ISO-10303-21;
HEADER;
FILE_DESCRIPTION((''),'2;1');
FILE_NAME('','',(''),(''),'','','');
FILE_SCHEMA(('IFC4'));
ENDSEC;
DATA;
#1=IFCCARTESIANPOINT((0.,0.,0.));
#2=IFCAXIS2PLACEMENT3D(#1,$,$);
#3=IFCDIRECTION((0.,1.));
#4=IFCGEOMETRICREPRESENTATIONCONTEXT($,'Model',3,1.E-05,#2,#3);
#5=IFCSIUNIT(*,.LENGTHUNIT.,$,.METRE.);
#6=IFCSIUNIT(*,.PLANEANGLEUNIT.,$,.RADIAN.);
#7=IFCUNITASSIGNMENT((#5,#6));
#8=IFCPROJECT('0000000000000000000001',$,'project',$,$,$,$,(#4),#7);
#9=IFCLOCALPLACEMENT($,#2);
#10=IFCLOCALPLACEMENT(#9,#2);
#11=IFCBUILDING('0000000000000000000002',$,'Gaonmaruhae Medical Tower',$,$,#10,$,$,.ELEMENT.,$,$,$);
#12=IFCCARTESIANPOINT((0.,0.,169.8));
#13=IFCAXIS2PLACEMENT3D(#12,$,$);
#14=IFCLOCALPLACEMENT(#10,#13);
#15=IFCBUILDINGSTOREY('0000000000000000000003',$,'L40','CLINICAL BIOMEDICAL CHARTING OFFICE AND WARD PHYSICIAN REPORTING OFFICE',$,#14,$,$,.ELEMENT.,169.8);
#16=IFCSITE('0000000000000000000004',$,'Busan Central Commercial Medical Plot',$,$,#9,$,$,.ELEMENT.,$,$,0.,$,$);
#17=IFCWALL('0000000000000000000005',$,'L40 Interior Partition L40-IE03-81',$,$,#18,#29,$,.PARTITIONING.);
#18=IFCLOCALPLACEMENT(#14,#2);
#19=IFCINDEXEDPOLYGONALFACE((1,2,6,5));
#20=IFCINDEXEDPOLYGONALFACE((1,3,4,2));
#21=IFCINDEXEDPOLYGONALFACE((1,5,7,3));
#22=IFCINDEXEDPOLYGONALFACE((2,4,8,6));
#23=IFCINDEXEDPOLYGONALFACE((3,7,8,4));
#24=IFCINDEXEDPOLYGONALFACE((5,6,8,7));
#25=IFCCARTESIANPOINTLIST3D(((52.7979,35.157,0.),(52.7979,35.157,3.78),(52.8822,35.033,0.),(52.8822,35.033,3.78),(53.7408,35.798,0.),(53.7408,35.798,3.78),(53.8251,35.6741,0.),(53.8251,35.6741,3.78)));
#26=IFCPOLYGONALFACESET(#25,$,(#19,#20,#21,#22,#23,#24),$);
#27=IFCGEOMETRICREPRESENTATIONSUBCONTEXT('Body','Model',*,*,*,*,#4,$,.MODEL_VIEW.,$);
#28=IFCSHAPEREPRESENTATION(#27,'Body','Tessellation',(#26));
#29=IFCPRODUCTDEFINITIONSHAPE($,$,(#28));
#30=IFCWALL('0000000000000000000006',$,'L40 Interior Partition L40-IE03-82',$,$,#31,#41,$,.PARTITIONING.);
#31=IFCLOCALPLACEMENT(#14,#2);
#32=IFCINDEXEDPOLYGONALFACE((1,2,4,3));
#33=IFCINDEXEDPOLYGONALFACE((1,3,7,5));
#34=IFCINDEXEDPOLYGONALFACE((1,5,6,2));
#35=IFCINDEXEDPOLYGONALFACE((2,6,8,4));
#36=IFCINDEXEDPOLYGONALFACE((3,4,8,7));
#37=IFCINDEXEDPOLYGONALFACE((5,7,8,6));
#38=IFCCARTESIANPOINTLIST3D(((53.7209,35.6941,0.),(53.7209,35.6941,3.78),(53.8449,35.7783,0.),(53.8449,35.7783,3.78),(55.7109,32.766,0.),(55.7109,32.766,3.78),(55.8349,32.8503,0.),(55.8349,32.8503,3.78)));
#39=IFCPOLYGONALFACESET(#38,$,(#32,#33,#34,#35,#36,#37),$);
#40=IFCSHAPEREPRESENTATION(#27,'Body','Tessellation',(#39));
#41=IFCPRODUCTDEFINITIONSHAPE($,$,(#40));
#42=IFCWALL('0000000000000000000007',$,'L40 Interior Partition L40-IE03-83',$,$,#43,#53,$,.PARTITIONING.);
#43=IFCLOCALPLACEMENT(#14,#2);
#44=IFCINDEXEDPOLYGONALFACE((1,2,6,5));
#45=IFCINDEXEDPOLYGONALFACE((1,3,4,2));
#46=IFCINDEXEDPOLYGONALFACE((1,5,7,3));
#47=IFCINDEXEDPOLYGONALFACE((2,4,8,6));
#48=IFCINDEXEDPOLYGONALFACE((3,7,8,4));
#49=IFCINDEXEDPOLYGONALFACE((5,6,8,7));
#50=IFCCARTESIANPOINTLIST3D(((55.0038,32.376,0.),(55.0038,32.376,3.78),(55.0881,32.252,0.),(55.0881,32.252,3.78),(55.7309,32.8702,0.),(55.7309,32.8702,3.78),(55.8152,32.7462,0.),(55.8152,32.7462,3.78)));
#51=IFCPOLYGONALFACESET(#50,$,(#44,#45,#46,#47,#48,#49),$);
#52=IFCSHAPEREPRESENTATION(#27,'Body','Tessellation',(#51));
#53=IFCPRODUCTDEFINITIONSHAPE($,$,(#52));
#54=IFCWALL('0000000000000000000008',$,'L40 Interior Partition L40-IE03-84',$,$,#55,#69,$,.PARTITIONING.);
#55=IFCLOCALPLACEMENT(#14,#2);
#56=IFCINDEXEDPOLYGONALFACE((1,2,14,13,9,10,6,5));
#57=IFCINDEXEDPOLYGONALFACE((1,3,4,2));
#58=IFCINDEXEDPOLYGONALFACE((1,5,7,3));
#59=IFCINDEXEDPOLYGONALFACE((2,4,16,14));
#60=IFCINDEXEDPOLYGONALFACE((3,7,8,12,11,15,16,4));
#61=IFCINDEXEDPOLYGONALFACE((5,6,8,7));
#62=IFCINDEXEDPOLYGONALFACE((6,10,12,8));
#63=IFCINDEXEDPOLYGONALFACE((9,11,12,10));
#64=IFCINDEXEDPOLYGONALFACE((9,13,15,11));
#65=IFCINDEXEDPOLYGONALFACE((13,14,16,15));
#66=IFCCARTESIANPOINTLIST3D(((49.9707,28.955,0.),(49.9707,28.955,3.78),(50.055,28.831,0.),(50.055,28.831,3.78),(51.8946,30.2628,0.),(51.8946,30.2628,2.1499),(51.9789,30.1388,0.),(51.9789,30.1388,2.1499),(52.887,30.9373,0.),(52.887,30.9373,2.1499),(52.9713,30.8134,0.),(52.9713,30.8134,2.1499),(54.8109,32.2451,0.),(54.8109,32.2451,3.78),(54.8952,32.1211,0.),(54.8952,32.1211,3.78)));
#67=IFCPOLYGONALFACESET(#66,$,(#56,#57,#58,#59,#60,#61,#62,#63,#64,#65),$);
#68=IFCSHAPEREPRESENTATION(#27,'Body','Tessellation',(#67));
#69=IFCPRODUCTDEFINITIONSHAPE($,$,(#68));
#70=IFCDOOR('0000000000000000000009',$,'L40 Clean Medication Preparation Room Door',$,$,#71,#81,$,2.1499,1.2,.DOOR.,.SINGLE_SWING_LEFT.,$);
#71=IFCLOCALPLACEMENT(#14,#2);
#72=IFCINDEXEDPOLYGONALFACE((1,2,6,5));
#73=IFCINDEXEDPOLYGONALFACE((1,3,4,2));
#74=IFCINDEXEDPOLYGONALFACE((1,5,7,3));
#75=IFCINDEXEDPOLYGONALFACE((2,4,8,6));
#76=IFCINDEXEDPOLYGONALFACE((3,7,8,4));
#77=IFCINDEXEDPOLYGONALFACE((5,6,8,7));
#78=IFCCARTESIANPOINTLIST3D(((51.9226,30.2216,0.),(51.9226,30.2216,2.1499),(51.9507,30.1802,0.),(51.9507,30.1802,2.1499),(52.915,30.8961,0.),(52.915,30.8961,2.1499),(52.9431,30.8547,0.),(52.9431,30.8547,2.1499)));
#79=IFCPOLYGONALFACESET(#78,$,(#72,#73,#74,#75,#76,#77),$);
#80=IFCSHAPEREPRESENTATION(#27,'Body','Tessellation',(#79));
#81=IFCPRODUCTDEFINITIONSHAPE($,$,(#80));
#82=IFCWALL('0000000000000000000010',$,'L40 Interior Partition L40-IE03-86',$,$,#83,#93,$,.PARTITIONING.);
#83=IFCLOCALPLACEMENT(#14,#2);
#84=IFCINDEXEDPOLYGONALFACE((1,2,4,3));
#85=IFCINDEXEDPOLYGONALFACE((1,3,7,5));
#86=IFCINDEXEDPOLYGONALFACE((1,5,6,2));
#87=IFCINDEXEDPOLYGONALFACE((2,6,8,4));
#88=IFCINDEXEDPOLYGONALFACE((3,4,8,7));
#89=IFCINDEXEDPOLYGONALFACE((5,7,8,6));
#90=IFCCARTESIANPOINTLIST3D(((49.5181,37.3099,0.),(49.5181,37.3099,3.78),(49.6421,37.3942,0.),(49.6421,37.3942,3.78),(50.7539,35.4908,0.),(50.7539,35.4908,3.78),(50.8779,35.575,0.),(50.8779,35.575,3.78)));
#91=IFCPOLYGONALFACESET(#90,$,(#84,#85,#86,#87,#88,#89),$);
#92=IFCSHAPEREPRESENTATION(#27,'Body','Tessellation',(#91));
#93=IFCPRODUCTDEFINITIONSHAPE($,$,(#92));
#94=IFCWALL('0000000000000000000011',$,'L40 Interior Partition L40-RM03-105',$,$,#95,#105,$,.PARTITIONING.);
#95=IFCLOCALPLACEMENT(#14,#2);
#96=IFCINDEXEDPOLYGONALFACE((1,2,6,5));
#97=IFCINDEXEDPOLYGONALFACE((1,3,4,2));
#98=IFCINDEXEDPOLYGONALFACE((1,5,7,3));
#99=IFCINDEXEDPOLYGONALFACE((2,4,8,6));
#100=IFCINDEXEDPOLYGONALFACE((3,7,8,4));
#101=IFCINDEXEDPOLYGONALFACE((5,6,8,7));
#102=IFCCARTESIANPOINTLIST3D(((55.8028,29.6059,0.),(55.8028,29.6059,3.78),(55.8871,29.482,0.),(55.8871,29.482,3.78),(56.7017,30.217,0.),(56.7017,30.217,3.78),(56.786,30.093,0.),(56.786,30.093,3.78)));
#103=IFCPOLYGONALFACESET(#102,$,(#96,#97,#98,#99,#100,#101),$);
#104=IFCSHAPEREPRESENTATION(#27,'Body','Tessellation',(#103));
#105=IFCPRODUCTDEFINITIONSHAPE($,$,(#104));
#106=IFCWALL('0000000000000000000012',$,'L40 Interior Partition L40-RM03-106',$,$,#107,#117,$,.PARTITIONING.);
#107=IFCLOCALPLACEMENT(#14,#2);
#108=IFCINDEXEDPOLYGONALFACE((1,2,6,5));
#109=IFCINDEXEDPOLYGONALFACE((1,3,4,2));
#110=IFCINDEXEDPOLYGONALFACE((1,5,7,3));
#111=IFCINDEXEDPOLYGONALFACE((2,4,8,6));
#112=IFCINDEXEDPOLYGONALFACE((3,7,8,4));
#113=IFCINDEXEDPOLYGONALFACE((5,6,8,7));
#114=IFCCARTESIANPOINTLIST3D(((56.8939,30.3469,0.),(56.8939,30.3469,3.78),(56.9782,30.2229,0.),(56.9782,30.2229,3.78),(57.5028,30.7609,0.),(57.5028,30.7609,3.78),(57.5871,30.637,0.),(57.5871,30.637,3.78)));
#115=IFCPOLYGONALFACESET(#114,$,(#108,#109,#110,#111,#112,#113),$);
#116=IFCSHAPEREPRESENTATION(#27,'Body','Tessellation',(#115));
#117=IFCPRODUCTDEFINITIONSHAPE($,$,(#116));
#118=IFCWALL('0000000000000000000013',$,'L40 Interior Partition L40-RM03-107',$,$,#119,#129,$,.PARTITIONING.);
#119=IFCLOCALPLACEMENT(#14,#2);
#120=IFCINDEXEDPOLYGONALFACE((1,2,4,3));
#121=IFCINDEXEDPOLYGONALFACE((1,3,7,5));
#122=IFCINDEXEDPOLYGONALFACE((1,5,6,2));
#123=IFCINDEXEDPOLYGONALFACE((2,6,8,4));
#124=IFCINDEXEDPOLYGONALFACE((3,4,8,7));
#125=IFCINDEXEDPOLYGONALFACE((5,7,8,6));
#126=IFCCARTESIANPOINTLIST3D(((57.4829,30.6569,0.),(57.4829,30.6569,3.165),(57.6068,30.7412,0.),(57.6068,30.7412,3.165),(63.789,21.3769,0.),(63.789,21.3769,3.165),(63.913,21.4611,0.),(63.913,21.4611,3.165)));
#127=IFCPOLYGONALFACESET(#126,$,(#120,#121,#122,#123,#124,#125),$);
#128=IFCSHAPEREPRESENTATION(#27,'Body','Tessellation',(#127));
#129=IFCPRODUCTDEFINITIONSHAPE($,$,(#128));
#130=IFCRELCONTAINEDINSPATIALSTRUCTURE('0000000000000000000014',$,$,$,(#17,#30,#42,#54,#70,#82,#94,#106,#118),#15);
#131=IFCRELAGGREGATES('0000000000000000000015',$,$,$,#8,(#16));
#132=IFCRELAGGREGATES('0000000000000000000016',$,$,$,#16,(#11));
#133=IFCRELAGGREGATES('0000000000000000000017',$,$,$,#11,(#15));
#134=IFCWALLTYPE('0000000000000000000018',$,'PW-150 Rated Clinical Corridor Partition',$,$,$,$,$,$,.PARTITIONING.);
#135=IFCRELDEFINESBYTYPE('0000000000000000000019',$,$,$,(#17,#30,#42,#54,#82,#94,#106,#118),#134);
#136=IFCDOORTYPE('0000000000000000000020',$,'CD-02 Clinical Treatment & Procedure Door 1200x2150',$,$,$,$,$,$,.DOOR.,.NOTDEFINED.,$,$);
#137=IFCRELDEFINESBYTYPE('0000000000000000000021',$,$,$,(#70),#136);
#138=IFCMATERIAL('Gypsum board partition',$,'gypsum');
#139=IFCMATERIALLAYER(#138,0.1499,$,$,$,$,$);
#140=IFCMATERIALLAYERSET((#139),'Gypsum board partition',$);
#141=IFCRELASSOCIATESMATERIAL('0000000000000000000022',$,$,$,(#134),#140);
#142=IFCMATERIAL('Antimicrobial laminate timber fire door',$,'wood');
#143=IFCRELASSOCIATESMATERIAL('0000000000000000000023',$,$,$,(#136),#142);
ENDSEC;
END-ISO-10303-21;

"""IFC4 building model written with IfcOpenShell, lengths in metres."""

from ifc_helpers import new_model, si_unit, direction, frame, frame_2d, origin, place, context, subcontext, project, spatial, rectangle, extrude, material, layer, layer_set, type_object, element, fill, save


model = new_model("IFC4")

# Units and contexts
model_context = context("Model", 3, precision=1e-05, world=origin(), true_north=direction((0.0, 1.0)))
body_context = subcontext(model_context, "Body", "Model", "MODEL_VIEW")
ifc_project = project(units=[si_unit("LENGTHUNIT", "METRE"), si_unit("PLANEANGLEUNIT", "RADIAN")], contexts=[model_context])

# Site, building, storey
site_placement = place(None, origin())
site = spatial("IfcSite", under=ifc_project, at=site_placement, Name="Busan Central Commercial Medical Plot", CompositionType="ELEMENT", RefElevation=0.0)
building_placement = place(site_placement, origin())
building = spatial("IfcBuilding", under=site, at=building_placement, Name="Gaonmaruhae Medical Tower", CompositionType="ELEMENT")
storey_placement = place(building_placement, frame((0.0, 0.0, 169.8)))
storey = spatial("IfcBuildingStorey", under=building, at=storey_placement, Name="L40", Description="CLINICAL BIOMEDICAL CHARTING OFFICE AND WARD PHYSICIAN REPORTING OFFICE", CompositionType="ELEMENT", Elevation=169.8)

# Walls
ifc_material_1 = material(Name="Gypsum board partition", Category="gypsum")
ifc_layer_1 = layer(ifc_material_1, 0.1499)
ifc_layer_set_1 = layer_set([ifc_layer_1], Name="Gypsum board partition")
wall_type_1 = type_object("IfcWallType", Name="PW-150 Rated Clinical Corridor Partition", PredefinedType="PARTITIONING", material=ifc_layer_set_1)
wall_1_placement = place(storey_placement, frame((52.8401, 35.095, 0.0), z_axis=(0.0, 0.0, 1.0), x_axis=(0.826942, 0.562287, 0.0)))
element("IfcWall", 1, at=wall_1_placement, inside=storey, type_object=wall_type_1, Name="L40 Interior Partition L40-IE03-81", PredefinedType="PARTITIONING", context=body_context, shape_type="SweptSolid", body=[
    extrude(rectangle(XDim=1.1401, YDim=0.1499, at=frame_2d((0.5701, 0.0))), origin(), (0.0, 0.0, 1.0), 3.78),
])
wall_2_placement = place(storey_placement, frame((53.783, 35.7361, 0.0), z_axis=(0.0, 0.0, 1.0), x_axis=(0.56211, -0.827062, 0.0)))
element("IfcWall", 2, at=wall_2_placement, inside=storey, type_object=wall_type_1, Name="L40 Interior Partition L40-IE03-82", PredefinedType="PARTITIONING", context=body_context, shape_type="SweptSolid", body=[
    extrude(rectangle(XDim=3.5403, YDim=0.1499, at=frame_2d((1.77, 0.0))), origin(), (0.0, 0.0, 1.0), 3.78),
])
wall_3_placement = place(storey_placement, frame((55.7729, 32.8081, 0.0), z_axis=(0.0, 0.0, 1.0), x_axis=(-0.827061, -0.562112, 0.0)))
element("IfcWall", 3, at=wall_3_placement, inside=storey, type_object=wall_type_1, Name="L40 Interior Partition L40-IE03-83", PredefinedType="PARTITIONING", context=body_context, shape_type="SweptSolid", body=[
    extrude(rectangle(XDim=0.8792, YDim=0.1499, at=frame_2d((0.4395, 0.0))), origin(), (0.0, 0.0, 1.0), 3.78),
])

# Wall, opening, door
wall_4_placement = place(storey_placement, frame((54.853, 32.1831, 0.0), z_axis=(0.0, 0.0, 1.0), x_axis=(-0.827023, -0.562167, 0.0)))
wall_4 = element("IfcWall", 4, at=wall_4_placement, inside=storey, type_object=wall_type_1, Name="L40 Interior Partition L40-IE03-84", PredefinedType="PARTITIONING", context=body_context, shape_type="SweptSolid", body=[
    extrude(rectangle(XDim=5.8525, YDim=0.1499, at=frame_2d((2.9263, 0.0))), origin(), (0.0, 0.0, 1.0), 3.78),
])
opening_1_placement = place(wall_4_placement, frame((2.3262, 0.0, 0.0)))
opening_1 = element("IfcOpeningElement", 5, at=opening_1_placement, cuts=wall_4, PredefinedType="OPENING", context=body_context, shape_type="SweptSolid", body=[
    extrude(rectangle(XDim=1.2, YDim=2.1499, at=frame_2d((0.6001, 1.075))), frame((0.0, 0.085, 0.0), z_axis=(0.0, -1.0, 0.0), x_axis=(1.0, 0.0, 0.0)), (0.0, 0.0, 1.0), 0.1699),
])
ifc_material_2 = material(Name="Antimicrobial laminate timber fire door", Category="wood")
door_type = type_object("IfcDoorType", Name="CD-02 Clinical Treatment & Procedure Door 1200x2150", OperationType="NOTDEFINED", PredefinedType="DOOR", material=ifc_material_2)
door_placement = place(opening_1_placement, origin())
door = element("IfcDoor", 6, at=door_placement, inside=storey, type_object=door_type, Name="L40 Clean Medication Preparation Room Door", OperationType="SINGLE_SWING_LEFT", OverallHeight=2.1499, OverallWidth=1.2, PredefinedType="DOOR", context=body_context, shape_type="SweptSolid", body=[
    extrude(rectangle(XDim=1.2, YDim=2.1499, at=frame_2d((0.6001, 1.075))), frame((0.0, 0.0249, 0.0), z_axis=(0.0, -1.0, 0.0), x_axis=(1.0, 0.0, 0.0)), (0.0, 0.0, 1.0), 0.05),
])
fill(opening_1, door)

# Walls
wall_5_placement = place(storey_placement, frame((49.5801, 37.3521, 0.0), z_axis=(0.0, 0.0, 1.0), x_axis=(0.561955, -0.827168, 0.0)))
element("IfcWall", 7, at=wall_5_placement, inside=storey, type_object=wall_type_1, Name="L40 Interior Partition L40-IE03-86", PredefinedType="PARTITIONING", context=body_context, shape_type="SweptSolid", body=[
    extrude(rectangle(XDim=2.1992, YDim=0.1499, at=frame_2d((1.0996, 0.0))), origin(), (0.0, 0.0, 1.0), 3.78),
])
wall_6_placement = place(storey_placement, frame((55.845, 29.5439, 0.0), z_axis=(0.0, 0.0, 1.0), x_axis=(0.827006, 0.562193, 0.0)))
element("IfcWall", 8, at=wall_6_placement, inside=storey, type_object=wall_type_1, Name="L40 Interior Partition L40-RM03-105", PredefinedType="PARTITIONING", context=body_context, shape_type="SweptSolid", body=[
    extrude(rectangle(XDim=1.0869, YDim=0.1499, at=frame_2d((0.5435, 0.0))), origin(), (0.0, 0.0, 1.0), 3.78),
])
wall_7_placement = place(storey_placement, frame((56.936, 30.2849, 0.0), z_axis=(0.0, 0.0, 1.0), x_axis=(0.826914, 0.562328, 0.0)))
element("IfcWall", 9, at=wall_7_placement, inside=storey, type_object=wall_type_1, Name="L40 Interior Partition L40-RM03-106", PredefinedType="PARTITIONING", context=body_context, shape_type="SweptSolid", body=[
    extrude(rectangle(XDim=0.7363, YDim=0.1499, at=frame_2d((0.3682, 0.0))), origin(), (0.0, 0.0, 1.0), 3.78),
])
wall_8_placement = place(storey_placement, frame((57.5449, 30.699, 0.0), z_axis=(0.0, 0.0, 1.0), x_axis=(0.56205, -0.827103, 0.0)))
element("IfcWall", 10, at=wall_8_placement, inside=storey, type_object=wall_type_1, Name="L40 Interior Partition L40-RM03-107", PredefinedType="PARTITIONING", context=body_context, shape_type="SweptSolid", body=[
    extrude(rectangle(XDim=11.22, YDim=0.1499, at=frame_2d((5.6099, 0.0))), origin(), (0.0, 0.0, 1.0), 3.165),
])

save(model, "model.ifc")
